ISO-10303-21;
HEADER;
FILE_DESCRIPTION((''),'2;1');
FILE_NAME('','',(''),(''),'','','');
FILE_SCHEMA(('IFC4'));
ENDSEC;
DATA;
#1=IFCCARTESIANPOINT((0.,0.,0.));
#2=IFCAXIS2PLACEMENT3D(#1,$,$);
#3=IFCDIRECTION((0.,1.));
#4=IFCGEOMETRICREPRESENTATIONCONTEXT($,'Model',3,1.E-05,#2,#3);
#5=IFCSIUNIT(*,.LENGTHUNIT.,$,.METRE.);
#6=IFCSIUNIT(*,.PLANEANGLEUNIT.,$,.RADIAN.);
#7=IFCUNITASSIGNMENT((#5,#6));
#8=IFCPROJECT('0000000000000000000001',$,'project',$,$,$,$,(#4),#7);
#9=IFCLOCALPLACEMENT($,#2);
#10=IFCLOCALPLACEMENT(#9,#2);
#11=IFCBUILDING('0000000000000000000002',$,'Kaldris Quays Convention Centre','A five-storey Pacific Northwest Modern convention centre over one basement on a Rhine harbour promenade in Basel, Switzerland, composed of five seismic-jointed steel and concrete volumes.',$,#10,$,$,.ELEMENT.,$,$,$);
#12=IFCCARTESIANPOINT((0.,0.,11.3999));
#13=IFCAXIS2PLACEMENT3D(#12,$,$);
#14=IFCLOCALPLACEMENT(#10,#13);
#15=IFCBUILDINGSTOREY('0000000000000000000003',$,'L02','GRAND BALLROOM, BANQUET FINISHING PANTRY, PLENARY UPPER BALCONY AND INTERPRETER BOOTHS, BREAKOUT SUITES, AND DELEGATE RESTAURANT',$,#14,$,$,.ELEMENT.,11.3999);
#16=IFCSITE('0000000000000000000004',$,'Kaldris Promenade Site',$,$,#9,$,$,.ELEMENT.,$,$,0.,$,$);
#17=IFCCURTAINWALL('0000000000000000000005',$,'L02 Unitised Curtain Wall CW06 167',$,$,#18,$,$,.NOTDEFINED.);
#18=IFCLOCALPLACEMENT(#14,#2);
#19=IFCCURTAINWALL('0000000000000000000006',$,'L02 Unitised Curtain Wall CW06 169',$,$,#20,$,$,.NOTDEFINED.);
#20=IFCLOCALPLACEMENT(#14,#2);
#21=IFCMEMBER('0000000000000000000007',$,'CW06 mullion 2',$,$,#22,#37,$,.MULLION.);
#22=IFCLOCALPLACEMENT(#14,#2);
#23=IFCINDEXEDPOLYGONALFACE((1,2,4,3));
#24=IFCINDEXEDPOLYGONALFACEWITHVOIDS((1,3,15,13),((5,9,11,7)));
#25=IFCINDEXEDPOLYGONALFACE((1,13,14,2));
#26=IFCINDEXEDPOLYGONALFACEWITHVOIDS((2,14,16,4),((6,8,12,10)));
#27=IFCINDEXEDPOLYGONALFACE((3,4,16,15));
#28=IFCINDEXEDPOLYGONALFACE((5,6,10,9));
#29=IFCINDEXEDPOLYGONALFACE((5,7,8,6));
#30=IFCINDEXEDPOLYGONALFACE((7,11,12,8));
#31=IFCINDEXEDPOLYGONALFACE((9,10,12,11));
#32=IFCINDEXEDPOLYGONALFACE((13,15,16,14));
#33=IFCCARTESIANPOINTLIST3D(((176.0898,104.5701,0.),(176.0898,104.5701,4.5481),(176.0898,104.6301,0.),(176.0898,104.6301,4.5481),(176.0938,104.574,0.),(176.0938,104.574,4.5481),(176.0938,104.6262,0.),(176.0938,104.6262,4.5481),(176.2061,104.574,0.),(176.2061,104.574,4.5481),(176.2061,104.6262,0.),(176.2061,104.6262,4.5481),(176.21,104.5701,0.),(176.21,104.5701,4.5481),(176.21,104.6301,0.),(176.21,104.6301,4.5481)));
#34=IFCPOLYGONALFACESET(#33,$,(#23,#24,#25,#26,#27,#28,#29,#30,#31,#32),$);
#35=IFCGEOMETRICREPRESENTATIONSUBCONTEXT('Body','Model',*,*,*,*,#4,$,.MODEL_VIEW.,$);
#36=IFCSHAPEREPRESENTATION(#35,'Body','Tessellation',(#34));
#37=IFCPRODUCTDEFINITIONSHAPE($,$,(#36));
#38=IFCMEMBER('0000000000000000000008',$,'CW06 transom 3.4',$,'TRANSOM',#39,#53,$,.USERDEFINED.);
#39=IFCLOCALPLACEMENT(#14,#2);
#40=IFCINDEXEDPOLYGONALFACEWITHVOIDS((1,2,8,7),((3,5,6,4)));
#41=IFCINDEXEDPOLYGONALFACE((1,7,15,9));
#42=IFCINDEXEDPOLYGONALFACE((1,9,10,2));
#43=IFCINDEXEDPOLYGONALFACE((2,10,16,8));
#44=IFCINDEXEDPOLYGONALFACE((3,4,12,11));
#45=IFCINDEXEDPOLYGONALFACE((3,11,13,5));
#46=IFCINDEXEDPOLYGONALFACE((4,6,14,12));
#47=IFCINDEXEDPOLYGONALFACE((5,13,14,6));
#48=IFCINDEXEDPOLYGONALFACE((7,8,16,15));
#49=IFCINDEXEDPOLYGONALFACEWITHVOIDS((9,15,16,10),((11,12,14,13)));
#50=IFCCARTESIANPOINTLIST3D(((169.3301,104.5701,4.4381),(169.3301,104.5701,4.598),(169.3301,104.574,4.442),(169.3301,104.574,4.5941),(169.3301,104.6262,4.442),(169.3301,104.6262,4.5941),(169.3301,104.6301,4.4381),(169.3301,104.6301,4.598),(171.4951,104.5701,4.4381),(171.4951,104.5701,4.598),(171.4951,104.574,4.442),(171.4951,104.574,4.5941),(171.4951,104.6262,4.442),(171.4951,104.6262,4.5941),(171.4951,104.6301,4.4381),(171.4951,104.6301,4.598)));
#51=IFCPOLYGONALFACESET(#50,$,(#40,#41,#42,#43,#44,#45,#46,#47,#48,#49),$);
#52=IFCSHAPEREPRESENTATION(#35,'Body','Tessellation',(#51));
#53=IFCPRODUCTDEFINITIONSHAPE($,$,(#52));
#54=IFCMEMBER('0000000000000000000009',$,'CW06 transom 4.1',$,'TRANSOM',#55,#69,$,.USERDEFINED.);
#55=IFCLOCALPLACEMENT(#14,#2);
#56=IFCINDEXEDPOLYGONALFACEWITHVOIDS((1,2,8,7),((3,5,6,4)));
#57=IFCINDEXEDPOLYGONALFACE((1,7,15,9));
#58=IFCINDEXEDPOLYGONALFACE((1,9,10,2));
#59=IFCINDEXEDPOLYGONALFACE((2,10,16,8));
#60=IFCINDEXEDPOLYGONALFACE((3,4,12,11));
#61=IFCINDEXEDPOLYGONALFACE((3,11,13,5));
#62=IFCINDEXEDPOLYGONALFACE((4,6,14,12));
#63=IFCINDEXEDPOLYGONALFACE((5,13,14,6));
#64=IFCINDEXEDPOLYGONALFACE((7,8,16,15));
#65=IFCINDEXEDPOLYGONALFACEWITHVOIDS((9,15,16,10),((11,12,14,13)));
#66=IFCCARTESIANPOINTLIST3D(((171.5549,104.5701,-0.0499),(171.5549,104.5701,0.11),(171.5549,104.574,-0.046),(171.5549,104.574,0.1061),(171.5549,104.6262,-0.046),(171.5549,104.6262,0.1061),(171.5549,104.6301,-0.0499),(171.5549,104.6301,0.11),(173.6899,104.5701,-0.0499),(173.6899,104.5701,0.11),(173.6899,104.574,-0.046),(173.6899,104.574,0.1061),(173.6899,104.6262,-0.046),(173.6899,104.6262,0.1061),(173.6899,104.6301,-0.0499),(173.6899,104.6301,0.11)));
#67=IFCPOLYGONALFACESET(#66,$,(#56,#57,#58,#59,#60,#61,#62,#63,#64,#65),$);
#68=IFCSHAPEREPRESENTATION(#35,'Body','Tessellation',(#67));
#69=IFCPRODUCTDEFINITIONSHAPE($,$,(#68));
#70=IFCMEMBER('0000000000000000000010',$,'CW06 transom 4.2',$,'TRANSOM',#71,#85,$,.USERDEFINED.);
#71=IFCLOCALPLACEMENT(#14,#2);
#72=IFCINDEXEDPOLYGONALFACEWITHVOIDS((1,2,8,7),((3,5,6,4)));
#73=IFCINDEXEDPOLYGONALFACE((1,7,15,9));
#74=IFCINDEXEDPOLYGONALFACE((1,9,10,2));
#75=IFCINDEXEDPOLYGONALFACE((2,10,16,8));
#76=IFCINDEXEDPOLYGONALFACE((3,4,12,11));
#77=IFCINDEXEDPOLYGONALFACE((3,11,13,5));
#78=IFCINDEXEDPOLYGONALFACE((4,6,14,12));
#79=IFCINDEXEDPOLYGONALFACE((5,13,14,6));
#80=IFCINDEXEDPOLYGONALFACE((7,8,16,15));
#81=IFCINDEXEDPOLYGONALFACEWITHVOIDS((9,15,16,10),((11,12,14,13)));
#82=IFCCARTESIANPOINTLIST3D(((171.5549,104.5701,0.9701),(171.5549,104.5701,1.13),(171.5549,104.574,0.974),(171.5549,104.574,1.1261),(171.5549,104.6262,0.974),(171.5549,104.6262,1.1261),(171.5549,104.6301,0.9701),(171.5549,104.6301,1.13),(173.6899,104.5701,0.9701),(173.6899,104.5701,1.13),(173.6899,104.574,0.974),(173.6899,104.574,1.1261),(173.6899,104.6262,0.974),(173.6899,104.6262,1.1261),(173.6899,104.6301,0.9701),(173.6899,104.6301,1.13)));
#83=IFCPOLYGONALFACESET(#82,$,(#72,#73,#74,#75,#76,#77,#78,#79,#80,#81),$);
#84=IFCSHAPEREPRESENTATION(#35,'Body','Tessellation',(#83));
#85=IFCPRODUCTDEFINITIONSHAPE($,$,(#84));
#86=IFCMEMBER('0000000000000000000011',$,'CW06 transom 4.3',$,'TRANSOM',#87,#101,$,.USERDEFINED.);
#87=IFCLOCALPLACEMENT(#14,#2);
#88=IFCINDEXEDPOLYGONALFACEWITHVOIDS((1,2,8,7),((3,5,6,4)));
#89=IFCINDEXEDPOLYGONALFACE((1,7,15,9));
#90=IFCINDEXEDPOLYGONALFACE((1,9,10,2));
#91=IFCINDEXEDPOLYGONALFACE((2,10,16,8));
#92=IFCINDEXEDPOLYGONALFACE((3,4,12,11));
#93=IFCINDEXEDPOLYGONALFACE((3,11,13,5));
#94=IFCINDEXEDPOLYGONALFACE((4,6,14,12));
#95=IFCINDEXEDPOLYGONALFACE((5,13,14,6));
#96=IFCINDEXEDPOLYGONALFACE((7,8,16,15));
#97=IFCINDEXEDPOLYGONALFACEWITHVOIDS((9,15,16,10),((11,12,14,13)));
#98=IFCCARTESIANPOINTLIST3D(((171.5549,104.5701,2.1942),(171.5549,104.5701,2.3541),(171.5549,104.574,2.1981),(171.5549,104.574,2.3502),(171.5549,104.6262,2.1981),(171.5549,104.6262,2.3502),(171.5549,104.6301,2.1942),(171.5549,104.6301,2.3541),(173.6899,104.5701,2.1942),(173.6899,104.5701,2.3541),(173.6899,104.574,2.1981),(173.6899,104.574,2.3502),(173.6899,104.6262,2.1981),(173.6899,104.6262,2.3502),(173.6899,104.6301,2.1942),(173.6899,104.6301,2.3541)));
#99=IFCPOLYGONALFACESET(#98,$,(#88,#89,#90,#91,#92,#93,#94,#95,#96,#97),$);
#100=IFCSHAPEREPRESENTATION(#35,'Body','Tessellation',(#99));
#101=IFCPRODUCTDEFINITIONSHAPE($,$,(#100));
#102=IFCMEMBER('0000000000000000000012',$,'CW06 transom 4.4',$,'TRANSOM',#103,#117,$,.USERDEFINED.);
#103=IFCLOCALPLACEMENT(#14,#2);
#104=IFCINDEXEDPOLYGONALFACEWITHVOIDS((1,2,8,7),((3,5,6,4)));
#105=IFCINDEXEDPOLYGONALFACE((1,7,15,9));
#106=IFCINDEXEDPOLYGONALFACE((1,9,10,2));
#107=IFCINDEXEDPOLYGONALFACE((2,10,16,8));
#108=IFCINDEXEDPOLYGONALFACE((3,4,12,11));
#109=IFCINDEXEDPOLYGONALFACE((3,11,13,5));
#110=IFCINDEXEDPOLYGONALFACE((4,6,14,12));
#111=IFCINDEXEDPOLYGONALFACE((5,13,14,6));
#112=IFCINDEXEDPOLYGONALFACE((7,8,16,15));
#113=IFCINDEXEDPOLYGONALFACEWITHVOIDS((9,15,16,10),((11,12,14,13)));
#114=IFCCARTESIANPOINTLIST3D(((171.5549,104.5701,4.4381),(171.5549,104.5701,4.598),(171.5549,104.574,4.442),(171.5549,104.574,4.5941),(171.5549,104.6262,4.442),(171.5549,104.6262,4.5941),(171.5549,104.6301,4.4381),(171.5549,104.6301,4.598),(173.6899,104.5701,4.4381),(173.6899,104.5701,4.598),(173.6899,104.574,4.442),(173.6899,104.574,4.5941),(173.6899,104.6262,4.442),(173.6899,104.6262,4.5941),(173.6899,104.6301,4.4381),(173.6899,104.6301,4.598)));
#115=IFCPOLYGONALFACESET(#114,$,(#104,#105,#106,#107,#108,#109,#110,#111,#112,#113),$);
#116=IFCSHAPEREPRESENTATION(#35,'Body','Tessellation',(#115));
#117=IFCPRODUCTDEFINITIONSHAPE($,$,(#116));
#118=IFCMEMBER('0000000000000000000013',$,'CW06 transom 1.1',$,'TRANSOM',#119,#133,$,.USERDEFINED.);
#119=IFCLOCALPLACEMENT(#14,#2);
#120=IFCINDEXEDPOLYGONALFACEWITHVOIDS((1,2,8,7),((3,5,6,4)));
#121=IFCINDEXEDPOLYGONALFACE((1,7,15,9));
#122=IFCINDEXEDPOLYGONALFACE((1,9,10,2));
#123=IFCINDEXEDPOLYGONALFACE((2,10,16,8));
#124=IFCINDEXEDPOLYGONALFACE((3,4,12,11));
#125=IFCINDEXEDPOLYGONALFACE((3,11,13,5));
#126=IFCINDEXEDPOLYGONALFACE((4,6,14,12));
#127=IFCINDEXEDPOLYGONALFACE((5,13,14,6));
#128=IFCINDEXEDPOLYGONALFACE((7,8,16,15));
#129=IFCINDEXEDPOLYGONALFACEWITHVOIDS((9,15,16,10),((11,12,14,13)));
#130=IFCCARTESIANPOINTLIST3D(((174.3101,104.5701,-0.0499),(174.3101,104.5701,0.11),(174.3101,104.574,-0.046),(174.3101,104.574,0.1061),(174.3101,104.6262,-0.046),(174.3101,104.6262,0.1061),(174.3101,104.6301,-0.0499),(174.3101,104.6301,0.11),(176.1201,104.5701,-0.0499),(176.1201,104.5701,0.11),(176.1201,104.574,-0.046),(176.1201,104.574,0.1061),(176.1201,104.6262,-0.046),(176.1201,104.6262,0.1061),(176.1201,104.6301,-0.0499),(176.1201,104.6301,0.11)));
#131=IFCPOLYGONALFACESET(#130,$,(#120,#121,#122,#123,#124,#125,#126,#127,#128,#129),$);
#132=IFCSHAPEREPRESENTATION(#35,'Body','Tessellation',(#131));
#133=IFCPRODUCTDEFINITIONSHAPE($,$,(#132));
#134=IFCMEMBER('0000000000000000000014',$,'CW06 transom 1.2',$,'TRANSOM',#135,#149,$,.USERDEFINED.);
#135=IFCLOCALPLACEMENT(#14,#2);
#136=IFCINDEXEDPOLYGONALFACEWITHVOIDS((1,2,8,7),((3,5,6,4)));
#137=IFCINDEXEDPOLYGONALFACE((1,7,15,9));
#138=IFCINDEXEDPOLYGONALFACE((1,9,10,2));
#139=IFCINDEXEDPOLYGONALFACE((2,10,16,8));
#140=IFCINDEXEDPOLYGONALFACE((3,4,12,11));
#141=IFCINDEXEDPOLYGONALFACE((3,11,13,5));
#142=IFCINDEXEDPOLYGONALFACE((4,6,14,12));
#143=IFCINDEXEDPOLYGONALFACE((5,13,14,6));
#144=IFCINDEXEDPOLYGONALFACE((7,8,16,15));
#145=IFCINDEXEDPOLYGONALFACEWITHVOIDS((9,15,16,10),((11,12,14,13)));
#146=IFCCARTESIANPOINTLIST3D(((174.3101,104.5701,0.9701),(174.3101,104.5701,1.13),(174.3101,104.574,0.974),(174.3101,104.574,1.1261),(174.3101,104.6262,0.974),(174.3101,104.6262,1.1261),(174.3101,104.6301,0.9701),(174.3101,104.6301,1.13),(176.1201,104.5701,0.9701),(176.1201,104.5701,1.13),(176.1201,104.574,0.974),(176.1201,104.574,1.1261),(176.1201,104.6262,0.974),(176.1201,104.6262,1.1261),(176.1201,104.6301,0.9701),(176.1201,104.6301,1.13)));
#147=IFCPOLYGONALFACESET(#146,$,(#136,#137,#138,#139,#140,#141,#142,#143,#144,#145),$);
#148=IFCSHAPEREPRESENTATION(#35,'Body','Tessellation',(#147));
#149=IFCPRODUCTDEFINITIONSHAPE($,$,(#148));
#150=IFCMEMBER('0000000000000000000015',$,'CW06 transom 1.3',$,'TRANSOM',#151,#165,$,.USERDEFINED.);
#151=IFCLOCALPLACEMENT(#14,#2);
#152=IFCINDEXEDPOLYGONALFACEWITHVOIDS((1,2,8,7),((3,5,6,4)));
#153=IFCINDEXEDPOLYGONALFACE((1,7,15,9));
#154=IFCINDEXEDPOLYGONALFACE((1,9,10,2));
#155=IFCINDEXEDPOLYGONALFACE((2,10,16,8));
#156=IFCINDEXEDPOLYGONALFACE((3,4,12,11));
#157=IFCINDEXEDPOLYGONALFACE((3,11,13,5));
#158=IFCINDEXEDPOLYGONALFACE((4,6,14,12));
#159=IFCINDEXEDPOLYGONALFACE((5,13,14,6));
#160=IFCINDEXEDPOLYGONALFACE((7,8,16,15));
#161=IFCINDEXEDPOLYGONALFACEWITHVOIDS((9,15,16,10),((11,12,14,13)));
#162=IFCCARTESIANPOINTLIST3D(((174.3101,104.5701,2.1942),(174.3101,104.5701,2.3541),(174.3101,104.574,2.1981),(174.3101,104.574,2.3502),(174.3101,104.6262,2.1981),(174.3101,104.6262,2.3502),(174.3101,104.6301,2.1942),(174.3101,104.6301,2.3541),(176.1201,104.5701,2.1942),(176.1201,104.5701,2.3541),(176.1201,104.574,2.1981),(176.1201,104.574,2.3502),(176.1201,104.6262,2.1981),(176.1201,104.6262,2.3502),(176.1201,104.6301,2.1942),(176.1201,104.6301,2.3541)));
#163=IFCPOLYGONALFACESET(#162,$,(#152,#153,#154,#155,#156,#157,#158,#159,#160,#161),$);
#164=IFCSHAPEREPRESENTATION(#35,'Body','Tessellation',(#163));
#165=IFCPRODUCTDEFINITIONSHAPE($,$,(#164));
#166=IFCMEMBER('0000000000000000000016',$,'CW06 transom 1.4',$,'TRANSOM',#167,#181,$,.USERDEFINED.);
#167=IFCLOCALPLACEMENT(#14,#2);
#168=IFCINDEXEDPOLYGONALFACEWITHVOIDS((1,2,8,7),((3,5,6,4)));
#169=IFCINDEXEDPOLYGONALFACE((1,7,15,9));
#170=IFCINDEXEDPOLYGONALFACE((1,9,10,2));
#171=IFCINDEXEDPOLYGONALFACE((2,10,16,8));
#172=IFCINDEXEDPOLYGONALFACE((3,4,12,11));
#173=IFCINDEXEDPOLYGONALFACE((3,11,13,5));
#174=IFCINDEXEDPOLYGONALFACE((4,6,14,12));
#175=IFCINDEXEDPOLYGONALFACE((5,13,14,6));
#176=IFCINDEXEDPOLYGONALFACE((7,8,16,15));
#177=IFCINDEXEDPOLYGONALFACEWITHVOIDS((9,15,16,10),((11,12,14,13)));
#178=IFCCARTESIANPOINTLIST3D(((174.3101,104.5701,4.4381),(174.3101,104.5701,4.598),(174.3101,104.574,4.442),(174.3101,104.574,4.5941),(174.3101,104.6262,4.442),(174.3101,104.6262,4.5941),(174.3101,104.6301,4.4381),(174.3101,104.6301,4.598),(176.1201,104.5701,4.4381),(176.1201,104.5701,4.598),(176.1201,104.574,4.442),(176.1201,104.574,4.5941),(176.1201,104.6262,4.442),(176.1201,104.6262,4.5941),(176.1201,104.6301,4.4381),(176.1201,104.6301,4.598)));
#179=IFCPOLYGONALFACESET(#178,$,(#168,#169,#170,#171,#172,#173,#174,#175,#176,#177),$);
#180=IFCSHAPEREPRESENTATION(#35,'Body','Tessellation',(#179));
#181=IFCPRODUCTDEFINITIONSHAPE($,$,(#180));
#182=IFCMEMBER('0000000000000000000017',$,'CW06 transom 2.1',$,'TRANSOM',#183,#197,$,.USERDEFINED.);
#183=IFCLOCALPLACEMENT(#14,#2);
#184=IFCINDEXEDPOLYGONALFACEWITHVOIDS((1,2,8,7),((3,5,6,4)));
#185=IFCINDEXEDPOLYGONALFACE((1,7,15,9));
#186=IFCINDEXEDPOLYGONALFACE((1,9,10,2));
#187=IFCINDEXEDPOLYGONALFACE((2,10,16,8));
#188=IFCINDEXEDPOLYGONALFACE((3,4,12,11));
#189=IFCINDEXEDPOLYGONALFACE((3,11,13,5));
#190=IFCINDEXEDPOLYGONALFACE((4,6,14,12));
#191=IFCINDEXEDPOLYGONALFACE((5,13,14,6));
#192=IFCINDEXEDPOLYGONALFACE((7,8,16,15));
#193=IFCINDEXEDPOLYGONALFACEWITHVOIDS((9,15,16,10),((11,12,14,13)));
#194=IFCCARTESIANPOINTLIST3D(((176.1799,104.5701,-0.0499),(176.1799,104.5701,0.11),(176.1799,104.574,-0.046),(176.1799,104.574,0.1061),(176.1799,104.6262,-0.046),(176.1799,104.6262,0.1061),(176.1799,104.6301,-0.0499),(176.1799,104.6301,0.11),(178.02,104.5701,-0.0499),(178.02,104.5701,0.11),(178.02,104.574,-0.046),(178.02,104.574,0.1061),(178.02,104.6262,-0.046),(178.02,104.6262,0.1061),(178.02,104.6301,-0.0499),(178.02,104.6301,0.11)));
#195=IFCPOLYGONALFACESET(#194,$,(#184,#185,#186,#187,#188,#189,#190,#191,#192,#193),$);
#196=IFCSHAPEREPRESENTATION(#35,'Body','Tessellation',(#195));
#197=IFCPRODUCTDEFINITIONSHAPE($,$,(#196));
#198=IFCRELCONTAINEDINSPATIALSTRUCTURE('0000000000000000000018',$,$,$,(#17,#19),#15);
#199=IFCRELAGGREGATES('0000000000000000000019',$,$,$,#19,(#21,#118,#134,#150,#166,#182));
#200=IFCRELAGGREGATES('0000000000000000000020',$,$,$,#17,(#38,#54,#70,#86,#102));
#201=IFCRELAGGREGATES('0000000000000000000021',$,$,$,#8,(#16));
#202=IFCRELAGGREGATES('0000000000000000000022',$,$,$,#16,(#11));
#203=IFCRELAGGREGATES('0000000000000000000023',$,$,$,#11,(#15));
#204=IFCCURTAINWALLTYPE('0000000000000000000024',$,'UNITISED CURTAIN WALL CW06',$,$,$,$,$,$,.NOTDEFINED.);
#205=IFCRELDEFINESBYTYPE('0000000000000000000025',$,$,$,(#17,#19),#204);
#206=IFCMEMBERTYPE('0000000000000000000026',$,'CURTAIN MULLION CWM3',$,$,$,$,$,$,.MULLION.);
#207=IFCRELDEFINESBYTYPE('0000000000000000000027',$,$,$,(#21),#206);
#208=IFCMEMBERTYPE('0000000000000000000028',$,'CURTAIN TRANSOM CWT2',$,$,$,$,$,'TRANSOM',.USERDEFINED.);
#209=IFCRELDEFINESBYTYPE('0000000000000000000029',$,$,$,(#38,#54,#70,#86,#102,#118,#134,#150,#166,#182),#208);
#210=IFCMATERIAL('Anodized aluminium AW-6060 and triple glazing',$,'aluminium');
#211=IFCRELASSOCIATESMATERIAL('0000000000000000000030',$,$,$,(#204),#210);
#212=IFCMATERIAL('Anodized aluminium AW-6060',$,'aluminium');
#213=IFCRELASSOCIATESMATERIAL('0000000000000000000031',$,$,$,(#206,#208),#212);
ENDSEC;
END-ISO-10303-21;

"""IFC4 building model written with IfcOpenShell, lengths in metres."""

from ifc_helpers import new_model, si_unit, direction, frame, origin, origin_2d, place, context, subcontext, project, spatial, hollow_rectangle, extrude, material, material_profile, profile_set, type_object, element, aggregate, save


model = new_model("IFC4")

# Units and contexts
model_context = context("Model", 3, precision=1e-05, world=origin(), true_north=direction((0.0, 1.0)))
body_context = subcontext(model_context, "Body", "Model", "MODEL_VIEW")
ifc_project = project(units=[si_unit("LENGTHUNIT", "METRE"), si_unit("PLANEANGLEUNIT", "RADIAN")], contexts=[model_context])

# Site, building, storey
site_placement = place(None, origin())
site = spatial("IfcSite", under=ifc_project, at=site_placement, Name="Kaldris Promenade Site", CompositionType="ELEMENT", RefElevation=0.0)
building_placement = place(site_placement, origin())
building = spatial("IfcBuilding", under=site, at=building_placement, Name="Kaldris Quays Convention Centre", Description="A five-storey Pacific Northwest Modern convention centre over one basement on a Rhine harbour promenade in Basel, Switzerland, composed of five seismic-jointed steel and concrete volumes.", CompositionType="ELEMENT")
storey_placement = place(building_placement, frame((0.0, 0.0, 11.3999)))
storey = spatial("IfcBuildingStorey", under=building, at=storey_placement, Name="L02", Description="GRAND BALLROOM, BANQUET FINISHING PANTRY, PLENARY UPPER BALCONY AND INTERPRETER BOOTHS, BREAKOUT SUITES, AND DELEGATE RESTAURANT", CompositionType="ELEMENT", Elevation=11.3999)

# Curtain walls, member
ifc_material_1 = material(Name="Anodized aluminium AW-6060 and triple glazing", Category="aluminium")
curtain_wall_type = type_object("IfcCurtainWallType", Name="UNITISED CURTAIN WALL CW06", PredefinedType="NOTDEFINED", material=ifc_material_1)
curtain_wall_1_placement = place(storey_placement, origin())
curtain_wall_1 = element("IfcCurtainWall", 1, at=curtain_wall_1_placement, inside=storey, type_object=curtain_wall_type, Name="L02 Unitised Curtain Wall CW06 167", PredefinedType="NOTDEFINED")
ifc_material_2 = material(Name="Anodized aluminium AW-6060", Category="aluminium")
ifc_material_profile_1 = material_profile(ifc_material_2, hollow_rectangle(XDim=0.0601, YDim=0.1201, WallThickness=0.0039, at=origin_2d()), Name="RHS 120x60x4")
ifc_profile_set_1 = profile_set([ifc_material_profile_1], Name="Anodized aluminium AW-6060")
member_type_1 = type_object("IfcMemberType", Name="CURTAIN MULLION CWM3", PredefinedType="MULLION", material=ifc_profile_set_1)
curtain_wall_2_placement = place(storey_placement, origin())
curtain_wall_2 = element("IfcCurtainWall", 2, at=curtain_wall_2_placement, inside=storey, type_object=curtain_wall_type, Name="L02 Unitised Curtain Wall CW06 169", PredefinedType="NOTDEFINED")
member_1_placement = place(storey_placement, frame((176.1499, 104.6001, 0.0), z_axis=(0.0, 0.0, 1.0), x_axis=(0.0, 1.0, 0.0)))
member_1 = element("IfcMember", 3, at=member_1_placement, type_object=member_type_1, Name="CW06 mullion 2", PredefinedType="MULLION", context=body_context, shape_type="SweptSolid", body=[
    extrude(hollow_rectangle(XDim=0.0601, YDim=0.1201, WallThickness=0.0039, at=origin_2d()), origin(), (0.0, 0.0, 1.0), 4.5481),
])

# Members
ifc_material_profile_2 = material_profile(ifc_material_2, hollow_rectangle(XDim=0.0601, YDim=0.1599, WallThickness=0.0039, at=origin_2d()), Name="RHS 160x60x4")
ifc_profile_set_2 = profile_set([ifc_material_profile_2], Name="Anodized aluminium AW-6060")
member_type_2 = type_object("IfcMemberType", Name="CURTAIN TRANSOM CWT2", ElementType="TRANSOM", PredefinedType="USERDEFINED", material=ifc_profile_set_2)
member_2_placement = place(storey_placement, frame((169.3301, 104.6001, 4.5181), z_axis=(1.0, 0.0, 0.0), x_axis=(0.0, 1.0, 0.0)))
member_2 = element("IfcMember", 4, at=member_2_placement, type_object=member_type_2, Name="CW06 transom 3.4", ObjectType="TRANSOM", PredefinedType="USERDEFINED", context=body_context, shape_type="SweptSolid", body=[
    extrude(hollow_rectangle(XDim=0.0601, YDim=0.1599, WallThickness=0.0039, at=origin_2d()), origin(), (0.0, 0.0, 1.0), 2.165),
])
member_3_placement = place(storey_placement, frame((171.5549, 104.6001, 0.03), z_axis=(1.0, 0.0, 0.0), x_axis=(0.0, 1.0, 0.0)))
member_3 = element("IfcMember", 5, at=member_3_placement, type_object=member_type_2, Name="CW06 transom 4.1", ObjectType="TRANSOM", PredefinedType="USERDEFINED", context=body_context, shape_type="SweptSolid", body=[
    extrude(hollow_rectangle(XDim=0.0601, YDim=0.1599, WallThickness=0.0039, at=origin_2d()), origin(), (0.0, 0.0, 1.0), 2.135),
])
member_4_placement = place(storey_placement, frame((171.5549, 104.6001, 1.05), z_axis=(1.0, 0.0, 0.0), x_axis=(0.0, 1.0, 0.0)))
member_4 = element("IfcMember", 6, at=member_4_placement, type_object=member_type_2, Name="CW06 transom 4.2", ObjectType="TRANSOM", PredefinedType="USERDEFINED", context=body_context, shape_type="SweptSolid", body=[
    extrude(hollow_rectangle(XDim=0.0601, YDim=0.1599, WallThickness=0.0039, at=origin_2d()), origin(), (0.0, 0.0, 1.0), 2.135),
])
member_5_placement = place(storey_placement, frame((171.5549, 104.6001, 2.2742), z_axis=(1.0, 0.0, 0.0), x_axis=(0.0, 1.0, 0.0)))
member_5 = element("IfcMember", 7, at=member_5_placement, type_object=member_type_2, Name="CW06 transom 4.3", ObjectType="TRANSOM", PredefinedType="USERDEFINED", context=body_context, shape_type="SweptSolid", body=[
    extrude(hollow_rectangle(XDim=0.0601, YDim=0.1599, WallThickness=0.0039, at=origin_2d()), origin(), (0.0, 0.0, 1.0), 2.135),
])
member_6_placement = place(storey_placement, frame((171.5549, 104.6001, 4.5181), z_axis=(1.0, 0.0, 0.0), x_axis=(0.0, 1.0, 0.0)))
member_6 = element("IfcMember", 8, at=member_6_placement, type_object=member_type_2, Name="CW06 transom 4.4", ObjectType="TRANSOM", PredefinedType="USERDEFINED", context=body_context, shape_type="SweptSolid", body=[
    extrude(hollow_rectangle(XDim=0.0601, YDim=0.1599, WallThickness=0.0039, at=origin_2d()), origin(), (0.0, 0.0, 1.0), 2.135),
])
member_7_placement = place(storey_placement, frame((174.3101, 104.6001, 0.03), z_axis=(1.0, 0.0, 0.0), x_axis=(0.0, 1.0, 0.0)))
member_7 = element("IfcMember", 9, at=member_7_placement, type_object=member_type_2, Name="CW06 transom 1.1", ObjectType="TRANSOM", PredefinedType="USERDEFINED", context=body_context, shape_type="SweptSolid", body=[
    extrude(hollow_rectangle(XDim=0.0601, YDim=0.1599, WallThickness=0.0039, at=origin_2d()), origin(), (0.0, 0.0, 1.0), 1.8101),
])
member_8_placement = place(storey_placement, frame((174.3101, 104.6001, 1.05), z_axis=(1.0, 0.0, 0.0), x_axis=(0.0, 1.0, 0.0)))
member_8 = element("IfcMember", 10, at=member_8_placement, type_object=member_type_2, Name="CW06 transom 1.2", ObjectType="TRANSOM", PredefinedType="USERDEFINED", context=body_context, shape_type="SweptSolid", body=[
    extrude(hollow_rectangle(XDim=0.0601, YDim=0.1599, WallThickness=0.0039, at=origin_2d()), origin(), (0.0, 0.0, 1.0), 1.8101),
])
member_9_placement = place(storey_placement, frame((174.3101, 104.6001, 2.2742), z_axis=(1.0, 0.0, 0.0), x_axis=(0.0, 1.0, 0.0)))
member_9 = element("IfcMember", 11, at=member_9_placement, type_object=member_type_2, Name="CW06 transom 1.3", ObjectType="TRANSOM", PredefinedType="USERDEFINED", context=body_context, shape_type="SweptSolid", body=[
    extrude(hollow_rectangle(XDim=0.0601, YDim=0.1599, WallThickness=0.0039, at=origin_2d()), origin(), (0.0, 0.0, 1.0), 1.8101),
])
member_10_placement = place(storey_placement, frame((174.3101, 104.6001, 4.5181), z_axis=(1.0, 0.0, 0.0), x_axis=(0.0, 1.0, 0.0)))
member_10 = element("IfcMember", 12, at=member_10_placement, type_object=member_type_2, Name="CW06 transom 1.4", ObjectType="TRANSOM", PredefinedType="USERDEFINED", context=body_context, shape_type="SweptSolid", body=[
    extrude(hollow_rectangle(XDim=0.0601, YDim=0.1599, WallThickness=0.0039, at=origin_2d()), origin(), (0.0, 0.0, 1.0), 1.8101),
])
member_11_placement = place(storey_placement, frame((176.1799, 104.6001, 0.03), z_axis=(1.0, 0.0, 0.0), x_axis=(0.0, 1.0, 0.0)))
member_11 = element("IfcMember", 13, at=member_11_placement, type_object=member_type_2, Name="CW06 transom 2.1", ObjectType="TRANSOM", PredefinedType="USERDEFINED", context=body_context, shape_type="SweptSolid", body=[
    extrude(hollow_rectangle(XDim=0.0601, YDim=0.1599, WallThickness=0.0039, at=origin_2d()), origin(), (0.0, 0.0, 1.0), 1.8401),
])

aggregate(curtain_wall_2, [member_1, member_7, member_8, member_9, member_10, member_11])
aggregate(curtain_wall_1, [member_2, member_3, member_4, member_5, member_6])

save(model, "model.ifc")
